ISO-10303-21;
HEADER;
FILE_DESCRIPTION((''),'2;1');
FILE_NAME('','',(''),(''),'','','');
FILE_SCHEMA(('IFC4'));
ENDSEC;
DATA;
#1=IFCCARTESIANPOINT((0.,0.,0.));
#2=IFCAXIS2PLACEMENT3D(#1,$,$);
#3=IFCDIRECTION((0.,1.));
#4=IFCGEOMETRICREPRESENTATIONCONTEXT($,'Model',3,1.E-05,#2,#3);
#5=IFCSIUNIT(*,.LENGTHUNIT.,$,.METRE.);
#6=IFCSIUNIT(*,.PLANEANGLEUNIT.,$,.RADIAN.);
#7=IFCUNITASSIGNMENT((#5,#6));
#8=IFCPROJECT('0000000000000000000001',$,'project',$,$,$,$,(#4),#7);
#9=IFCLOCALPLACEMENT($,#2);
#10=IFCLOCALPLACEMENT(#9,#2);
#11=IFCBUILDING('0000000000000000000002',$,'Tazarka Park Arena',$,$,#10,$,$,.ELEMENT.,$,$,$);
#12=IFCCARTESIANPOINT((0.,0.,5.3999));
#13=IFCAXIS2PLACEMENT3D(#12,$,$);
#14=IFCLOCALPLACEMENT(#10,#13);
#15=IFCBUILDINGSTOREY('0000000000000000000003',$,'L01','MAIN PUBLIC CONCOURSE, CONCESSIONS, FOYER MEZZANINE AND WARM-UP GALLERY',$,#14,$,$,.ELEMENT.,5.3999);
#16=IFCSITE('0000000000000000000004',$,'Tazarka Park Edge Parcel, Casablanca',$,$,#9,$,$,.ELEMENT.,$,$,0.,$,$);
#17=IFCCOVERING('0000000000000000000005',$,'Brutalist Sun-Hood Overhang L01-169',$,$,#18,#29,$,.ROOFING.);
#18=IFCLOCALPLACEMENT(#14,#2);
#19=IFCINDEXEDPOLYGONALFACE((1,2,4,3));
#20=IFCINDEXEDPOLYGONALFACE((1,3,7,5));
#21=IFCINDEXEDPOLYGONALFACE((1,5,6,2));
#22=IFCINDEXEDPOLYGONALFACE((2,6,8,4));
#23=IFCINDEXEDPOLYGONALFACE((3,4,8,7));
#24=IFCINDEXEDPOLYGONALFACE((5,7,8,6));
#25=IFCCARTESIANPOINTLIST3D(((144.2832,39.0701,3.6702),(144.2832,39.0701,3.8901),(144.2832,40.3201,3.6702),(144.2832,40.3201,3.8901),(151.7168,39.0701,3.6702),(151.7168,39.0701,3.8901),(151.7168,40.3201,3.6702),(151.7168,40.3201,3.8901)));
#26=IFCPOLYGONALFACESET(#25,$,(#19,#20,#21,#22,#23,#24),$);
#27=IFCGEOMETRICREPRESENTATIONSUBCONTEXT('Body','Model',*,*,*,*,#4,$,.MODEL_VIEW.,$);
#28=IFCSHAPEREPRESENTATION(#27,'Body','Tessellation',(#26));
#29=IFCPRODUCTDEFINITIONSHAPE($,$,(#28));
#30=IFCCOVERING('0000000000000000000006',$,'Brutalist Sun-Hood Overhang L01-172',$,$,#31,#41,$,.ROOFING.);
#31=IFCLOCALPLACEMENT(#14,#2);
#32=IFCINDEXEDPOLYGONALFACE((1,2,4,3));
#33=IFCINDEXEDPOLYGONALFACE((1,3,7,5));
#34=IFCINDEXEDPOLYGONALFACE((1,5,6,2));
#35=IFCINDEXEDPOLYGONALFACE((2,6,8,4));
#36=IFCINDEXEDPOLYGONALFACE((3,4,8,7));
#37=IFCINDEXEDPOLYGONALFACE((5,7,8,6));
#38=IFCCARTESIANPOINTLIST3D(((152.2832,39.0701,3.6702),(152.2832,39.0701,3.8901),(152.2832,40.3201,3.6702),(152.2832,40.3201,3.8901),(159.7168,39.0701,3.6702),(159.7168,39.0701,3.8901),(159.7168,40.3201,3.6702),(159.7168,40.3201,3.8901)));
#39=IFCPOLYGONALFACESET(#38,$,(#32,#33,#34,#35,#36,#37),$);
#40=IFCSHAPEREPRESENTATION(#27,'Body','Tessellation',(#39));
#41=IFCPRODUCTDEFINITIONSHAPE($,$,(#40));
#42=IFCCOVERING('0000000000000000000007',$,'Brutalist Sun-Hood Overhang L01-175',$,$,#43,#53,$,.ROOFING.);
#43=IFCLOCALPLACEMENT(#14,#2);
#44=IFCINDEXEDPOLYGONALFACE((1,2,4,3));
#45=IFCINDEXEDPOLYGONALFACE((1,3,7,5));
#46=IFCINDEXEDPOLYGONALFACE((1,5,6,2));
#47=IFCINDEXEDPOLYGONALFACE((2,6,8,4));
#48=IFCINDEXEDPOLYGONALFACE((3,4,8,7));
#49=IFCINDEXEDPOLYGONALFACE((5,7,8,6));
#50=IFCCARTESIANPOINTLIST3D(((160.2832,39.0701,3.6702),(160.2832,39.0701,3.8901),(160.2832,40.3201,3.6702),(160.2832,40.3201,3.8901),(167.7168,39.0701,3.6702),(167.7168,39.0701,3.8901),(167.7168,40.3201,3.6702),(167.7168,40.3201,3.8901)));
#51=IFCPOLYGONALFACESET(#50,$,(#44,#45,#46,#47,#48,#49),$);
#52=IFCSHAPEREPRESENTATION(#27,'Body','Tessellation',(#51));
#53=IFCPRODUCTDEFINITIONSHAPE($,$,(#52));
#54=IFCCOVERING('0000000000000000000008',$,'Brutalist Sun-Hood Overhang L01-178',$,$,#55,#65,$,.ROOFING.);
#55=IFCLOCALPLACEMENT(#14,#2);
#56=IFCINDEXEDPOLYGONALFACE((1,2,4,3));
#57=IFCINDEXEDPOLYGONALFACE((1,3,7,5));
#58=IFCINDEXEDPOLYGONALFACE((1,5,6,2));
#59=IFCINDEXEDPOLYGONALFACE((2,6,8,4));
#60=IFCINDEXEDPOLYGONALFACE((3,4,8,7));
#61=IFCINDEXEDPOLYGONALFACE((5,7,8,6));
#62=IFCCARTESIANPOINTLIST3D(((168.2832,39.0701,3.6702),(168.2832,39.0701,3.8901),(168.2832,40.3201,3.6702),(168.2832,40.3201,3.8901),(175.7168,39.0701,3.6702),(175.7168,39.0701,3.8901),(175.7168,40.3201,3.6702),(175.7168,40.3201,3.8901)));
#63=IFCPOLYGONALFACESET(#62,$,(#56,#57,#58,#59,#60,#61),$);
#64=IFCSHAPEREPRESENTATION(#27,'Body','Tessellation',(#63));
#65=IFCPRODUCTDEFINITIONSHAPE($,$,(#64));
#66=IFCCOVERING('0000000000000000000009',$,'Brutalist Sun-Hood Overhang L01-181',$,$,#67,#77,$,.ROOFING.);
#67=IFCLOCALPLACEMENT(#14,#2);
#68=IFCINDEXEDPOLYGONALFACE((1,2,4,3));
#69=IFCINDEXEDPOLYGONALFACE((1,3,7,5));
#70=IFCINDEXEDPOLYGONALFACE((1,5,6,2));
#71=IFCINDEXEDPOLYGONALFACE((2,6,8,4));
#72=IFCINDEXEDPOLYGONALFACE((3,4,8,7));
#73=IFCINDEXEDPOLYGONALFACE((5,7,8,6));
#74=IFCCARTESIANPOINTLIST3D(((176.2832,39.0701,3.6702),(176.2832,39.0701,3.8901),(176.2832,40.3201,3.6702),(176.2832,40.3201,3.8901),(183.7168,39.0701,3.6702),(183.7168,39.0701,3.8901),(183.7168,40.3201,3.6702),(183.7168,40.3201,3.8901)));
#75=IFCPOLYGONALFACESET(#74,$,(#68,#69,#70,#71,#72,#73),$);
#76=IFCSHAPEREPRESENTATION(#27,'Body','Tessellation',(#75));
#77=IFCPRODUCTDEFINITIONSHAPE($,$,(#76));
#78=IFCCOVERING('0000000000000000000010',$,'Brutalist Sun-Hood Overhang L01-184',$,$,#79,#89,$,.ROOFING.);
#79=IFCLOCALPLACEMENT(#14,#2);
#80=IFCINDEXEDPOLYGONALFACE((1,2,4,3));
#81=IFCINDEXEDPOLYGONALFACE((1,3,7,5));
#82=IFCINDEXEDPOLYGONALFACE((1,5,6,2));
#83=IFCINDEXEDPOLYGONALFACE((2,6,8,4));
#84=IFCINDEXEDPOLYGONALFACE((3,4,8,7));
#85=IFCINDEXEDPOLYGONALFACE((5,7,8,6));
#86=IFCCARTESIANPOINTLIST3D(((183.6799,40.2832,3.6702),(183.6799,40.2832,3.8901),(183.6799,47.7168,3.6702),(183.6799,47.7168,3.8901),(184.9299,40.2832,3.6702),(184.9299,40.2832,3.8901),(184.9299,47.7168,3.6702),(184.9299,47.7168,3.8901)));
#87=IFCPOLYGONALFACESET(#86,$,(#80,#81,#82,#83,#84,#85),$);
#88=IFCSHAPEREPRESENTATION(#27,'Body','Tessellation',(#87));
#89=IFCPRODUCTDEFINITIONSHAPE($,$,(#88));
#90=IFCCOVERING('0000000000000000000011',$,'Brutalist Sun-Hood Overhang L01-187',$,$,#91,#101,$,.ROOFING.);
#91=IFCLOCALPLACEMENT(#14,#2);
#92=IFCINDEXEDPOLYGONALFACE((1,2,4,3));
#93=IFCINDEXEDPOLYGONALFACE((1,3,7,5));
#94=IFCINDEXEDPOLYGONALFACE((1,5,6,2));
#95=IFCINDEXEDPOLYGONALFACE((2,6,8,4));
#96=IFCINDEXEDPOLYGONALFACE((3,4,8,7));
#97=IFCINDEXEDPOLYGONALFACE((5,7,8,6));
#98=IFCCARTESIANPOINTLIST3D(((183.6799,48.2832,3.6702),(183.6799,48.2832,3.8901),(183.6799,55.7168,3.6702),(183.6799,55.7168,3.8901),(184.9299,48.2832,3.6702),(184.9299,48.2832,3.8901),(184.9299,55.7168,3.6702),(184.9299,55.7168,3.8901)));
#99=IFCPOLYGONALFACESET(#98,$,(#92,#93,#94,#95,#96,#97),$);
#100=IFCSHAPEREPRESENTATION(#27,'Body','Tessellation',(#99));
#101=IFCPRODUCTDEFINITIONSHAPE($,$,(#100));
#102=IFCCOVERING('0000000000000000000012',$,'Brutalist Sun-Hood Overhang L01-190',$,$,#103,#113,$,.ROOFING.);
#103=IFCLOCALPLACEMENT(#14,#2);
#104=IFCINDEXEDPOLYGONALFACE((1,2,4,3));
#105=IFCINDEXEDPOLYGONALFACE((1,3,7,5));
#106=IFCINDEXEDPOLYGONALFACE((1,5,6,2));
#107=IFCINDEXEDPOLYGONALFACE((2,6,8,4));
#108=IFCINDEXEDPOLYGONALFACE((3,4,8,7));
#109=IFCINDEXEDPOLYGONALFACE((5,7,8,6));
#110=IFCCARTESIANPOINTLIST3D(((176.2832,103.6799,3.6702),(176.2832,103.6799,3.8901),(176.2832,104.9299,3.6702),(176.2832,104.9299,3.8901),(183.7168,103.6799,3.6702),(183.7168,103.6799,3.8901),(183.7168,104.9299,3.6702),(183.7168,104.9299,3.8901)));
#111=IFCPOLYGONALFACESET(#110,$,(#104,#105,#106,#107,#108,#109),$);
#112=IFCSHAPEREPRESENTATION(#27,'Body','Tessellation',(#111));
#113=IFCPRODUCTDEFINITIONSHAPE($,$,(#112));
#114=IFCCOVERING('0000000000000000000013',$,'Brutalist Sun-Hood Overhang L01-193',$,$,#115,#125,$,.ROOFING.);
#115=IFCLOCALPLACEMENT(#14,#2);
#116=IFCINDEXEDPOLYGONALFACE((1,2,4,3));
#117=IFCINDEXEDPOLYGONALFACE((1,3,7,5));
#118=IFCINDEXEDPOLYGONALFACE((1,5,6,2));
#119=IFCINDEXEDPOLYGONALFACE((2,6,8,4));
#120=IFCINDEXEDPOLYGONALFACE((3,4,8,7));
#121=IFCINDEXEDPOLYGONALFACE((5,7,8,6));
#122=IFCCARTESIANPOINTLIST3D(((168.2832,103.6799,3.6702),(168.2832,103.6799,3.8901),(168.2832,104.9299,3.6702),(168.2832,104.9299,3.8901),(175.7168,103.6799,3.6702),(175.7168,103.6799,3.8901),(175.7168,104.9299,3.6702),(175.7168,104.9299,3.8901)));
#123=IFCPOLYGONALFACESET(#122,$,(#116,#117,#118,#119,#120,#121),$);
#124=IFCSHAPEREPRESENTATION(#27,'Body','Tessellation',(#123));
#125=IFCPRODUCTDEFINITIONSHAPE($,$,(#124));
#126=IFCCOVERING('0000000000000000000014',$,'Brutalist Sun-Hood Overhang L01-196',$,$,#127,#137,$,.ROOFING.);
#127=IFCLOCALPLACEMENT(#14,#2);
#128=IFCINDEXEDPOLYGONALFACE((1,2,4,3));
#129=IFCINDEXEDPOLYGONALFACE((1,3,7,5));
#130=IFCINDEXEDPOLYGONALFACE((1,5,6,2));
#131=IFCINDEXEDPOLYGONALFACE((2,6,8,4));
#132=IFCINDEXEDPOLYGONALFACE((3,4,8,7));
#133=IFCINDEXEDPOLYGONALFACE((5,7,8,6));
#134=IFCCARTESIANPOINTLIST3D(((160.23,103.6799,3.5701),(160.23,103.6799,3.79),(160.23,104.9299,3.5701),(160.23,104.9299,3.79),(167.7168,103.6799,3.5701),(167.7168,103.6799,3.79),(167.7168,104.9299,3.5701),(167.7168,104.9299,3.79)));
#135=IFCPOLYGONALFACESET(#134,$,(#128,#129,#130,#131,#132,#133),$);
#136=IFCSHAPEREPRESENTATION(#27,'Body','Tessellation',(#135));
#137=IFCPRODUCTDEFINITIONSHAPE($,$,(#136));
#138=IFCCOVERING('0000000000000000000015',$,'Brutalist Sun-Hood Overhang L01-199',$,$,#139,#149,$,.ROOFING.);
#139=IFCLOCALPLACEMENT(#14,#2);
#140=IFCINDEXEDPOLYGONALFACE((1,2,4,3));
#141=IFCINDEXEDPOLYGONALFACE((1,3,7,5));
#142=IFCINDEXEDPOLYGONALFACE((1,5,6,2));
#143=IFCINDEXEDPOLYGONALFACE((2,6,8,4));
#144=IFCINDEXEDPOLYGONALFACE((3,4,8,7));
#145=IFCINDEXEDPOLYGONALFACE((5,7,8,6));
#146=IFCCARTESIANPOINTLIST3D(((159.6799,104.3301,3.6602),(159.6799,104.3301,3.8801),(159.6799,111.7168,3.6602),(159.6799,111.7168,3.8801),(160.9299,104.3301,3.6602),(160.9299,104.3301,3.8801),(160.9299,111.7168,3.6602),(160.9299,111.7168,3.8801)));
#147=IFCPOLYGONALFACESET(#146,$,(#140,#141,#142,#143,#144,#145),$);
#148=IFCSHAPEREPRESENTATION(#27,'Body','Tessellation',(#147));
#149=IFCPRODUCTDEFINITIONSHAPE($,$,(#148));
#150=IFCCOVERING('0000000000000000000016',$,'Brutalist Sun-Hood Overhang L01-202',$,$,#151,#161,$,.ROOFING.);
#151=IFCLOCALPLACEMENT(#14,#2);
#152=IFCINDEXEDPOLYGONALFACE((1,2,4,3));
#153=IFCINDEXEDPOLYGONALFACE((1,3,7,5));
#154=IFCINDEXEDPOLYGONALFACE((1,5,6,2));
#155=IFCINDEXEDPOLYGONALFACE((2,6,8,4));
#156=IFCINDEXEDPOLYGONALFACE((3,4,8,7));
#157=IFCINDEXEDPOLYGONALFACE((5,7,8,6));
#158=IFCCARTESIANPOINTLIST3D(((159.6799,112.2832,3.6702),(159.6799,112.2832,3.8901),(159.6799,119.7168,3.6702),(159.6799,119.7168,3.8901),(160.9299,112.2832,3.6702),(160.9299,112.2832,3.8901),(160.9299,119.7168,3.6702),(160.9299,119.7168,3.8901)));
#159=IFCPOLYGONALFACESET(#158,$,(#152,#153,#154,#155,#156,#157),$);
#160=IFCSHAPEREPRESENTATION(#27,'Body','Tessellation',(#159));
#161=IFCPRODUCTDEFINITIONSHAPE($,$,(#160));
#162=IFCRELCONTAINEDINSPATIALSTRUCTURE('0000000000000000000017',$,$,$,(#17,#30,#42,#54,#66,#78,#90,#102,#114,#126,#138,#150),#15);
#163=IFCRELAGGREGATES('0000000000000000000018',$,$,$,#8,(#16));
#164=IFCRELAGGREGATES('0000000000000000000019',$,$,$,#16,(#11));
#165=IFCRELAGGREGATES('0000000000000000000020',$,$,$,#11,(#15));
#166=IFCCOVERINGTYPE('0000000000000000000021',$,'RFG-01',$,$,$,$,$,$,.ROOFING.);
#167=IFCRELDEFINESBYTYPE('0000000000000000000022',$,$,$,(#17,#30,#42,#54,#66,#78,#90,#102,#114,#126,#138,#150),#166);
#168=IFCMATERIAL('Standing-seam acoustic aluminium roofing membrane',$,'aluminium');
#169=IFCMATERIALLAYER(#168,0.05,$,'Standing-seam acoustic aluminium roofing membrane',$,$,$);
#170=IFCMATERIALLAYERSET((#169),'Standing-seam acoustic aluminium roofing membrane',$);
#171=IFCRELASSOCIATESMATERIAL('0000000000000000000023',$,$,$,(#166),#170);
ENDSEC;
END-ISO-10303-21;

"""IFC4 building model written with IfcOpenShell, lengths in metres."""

from ifc_helpers import new_model, si_unit, direction, frame, origin, place, context, subcontext, project, spatial, polyline, outline, extrude, material, layer, layer_set, type_object, element, save


model = new_model("IFC4")

# Units and contexts
model_context = context("Model", 3, precision=1e-05, world=origin(), true_north=direction((0.0, 1.0)))
body_context = subcontext(model_context, "Body", "Model", "MODEL_VIEW")
ifc_project = project(units=[si_unit("LENGTHUNIT", "METRE"), si_unit("PLANEANGLEUNIT", "RADIAN")], contexts=[model_context])

# Site, building, storey
site_placement = place(None, origin())
site = spatial("IfcSite", under=ifc_project, at=site_placement, Name="Tazarka Park Edge Parcel, Casablanca", CompositionType="ELEMENT", RefElevation=0.0)
building_placement = place(site_placement, origin())
building = spatial("IfcBuilding", under=site, at=building_placement, Name="Tazarka Park Arena", CompositionType="ELEMENT")
storey_placement = place(building_placement, frame((0.0, 0.0, 5.3999)))
storey = spatial("IfcBuildingStorey", under=building, at=storey_placement, Name="L01", Description="MAIN PUBLIC CONCOURSE, CONCESSIONS, FOYER MEZZANINE AND WARM-UP GALLERY", CompositionType="ELEMENT", Elevation=5.3999)

# Coverings
ifc_material_1 = material(Name="Standing-seam acoustic aluminium roofing membrane", Category="aluminium")
ifc_layer_1 = layer(ifc_material_1, 0.05, Name="Standing-seam acoustic aluminium roofing membrane")
ifc_layer_set_1 = layer_set([ifc_layer_1], Name="Standing-seam acoustic aluminium roofing membrane")
covering_type = type_object("IfcCoveringType", Name="RFG-01", PredefinedType="ROOFING", material=ifc_layer_set_1)
covering_1_placement = place(storey_placement, frame((0.0, 0.0, 3.6702)))
element("IfcCovering", 1, at=covering_1_placement, inside=storey, type_object=covering_type, Name="Brutalist Sun-Hood Overhang L01-169", PredefinedType="ROOFING", context=body_context, shape_type="SweptSolid", body=[
    extrude(outline(polyline([(151.7168, 40.3201), (144.2832, 40.3201), (144.2832, 39.0701), (151.7168, 39.0701), (151.7168, 40.3201)])), origin(), (0.0, 0.0, 1.0), 0.22),
])
covering_2_placement = place(storey_placement, frame((0.0, 0.0, 3.6702)))
element("IfcCovering", 2, at=covering_2_placement, inside=storey, type_object=covering_type, Name="Brutalist Sun-Hood Overhang L01-172", PredefinedType="ROOFING", context=body_context, shape_type="SweptSolid", body=[
    extrude(outline(polyline([(159.7168, 40.3201), (152.2832, 40.3201), (152.2832, 39.0701), (159.7168, 39.0701), (159.7168, 40.3201)])), origin(), (0.0, 0.0, 1.0), 0.22),
])
covering_3_placement = place(storey_placement, frame((0.0, 0.0, 3.6702)))
element("IfcCovering", 3, at=covering_3_placement, inside=storey, type_object=covering_type, Name="Brutalist Sun-Hood Overhang L01-175", PredefinedType="ROOFING", context=body_context, shape_type="SweptSolid", body=[
    extrude(outline(polyline([(167.7168, 40.3201), (160.2832, 40.3201), (160.2832, 39.0701), (167.7168, 39.0701), (167.7168, 40.3201)])), origin(), (0.0, 0.0, 1.0), 0.22),
])
covering_4_placement = place(storey_placement, frame((0.0, 0.0, 3.6702)))
element("IfcCovering", 4, at=covering_4_placement, inside=storey, type_object=covering_type, Name="Brutalist Sun-Hood Overhang L01-178", PredefinedType="ROOFING", context=body_context, shape_type="SweptSolid", body=[
    extrude(outline(polyline([(175.7168, 40.3201), (168.2832, 40.3201), (168.2832, 39.0701), (175.7168, 39.0701), (175.7168, 40.3201)])), origin(), (0.0, 0.0, 1.0), 0.22),
])
covering_5_placement = place(storey_placement, frame((0.0, 0.0, 3.6702)))
element("IfcCovering", 5, at=covering_5_placement, inside=storey, type_object=covering_type, Name="Brutalist Sun-Hood Overhang L01-181", PredefinedType="ROOFING", context=body_context, shape_type="SweptSolid", body=[
    extrude(outline(polyline([(183.7168, 40.3201), (176.2832, 40.3201), (176.2832, 39.0701), (183.7168, 39.0701), (183.7168, 40.3201)])), origin(), (0.0, 0.0, 1.0), 0.22),
])
covering_6_placement = place(storey_placement, frame((0.0, 0.0, 3.6702)))
element("IfcCovering", 6, at=covering_6_placement, inside=storey, type_object=covering_type, Name="Brutalist Sun-Hood Overhang L01-184", PredefinedType="ROOFING", context=body_context, shape_type="SweptSolid", body=[
    extrude(outline(polyline([(183.6799, 47.7168), (183.6799, 40.2832), (184.9299, 40.2832), (184.9299, 47.7168), (183.6799, 47.7168)])), origin(), (0.0, 0.0, 1.0), 0.22),
])
covering_7_placement = place(storey_placement, frame((0.0, 0.0, 3.6702)))
element("IfcCovering", 7, at=covering_7_placement, inside=storey, type_object=covering_type, Name="Brutalist Sun-Hood Overhang L01-187", PredefinedType="ROOFING", context=body_context, shape_type="SweptSolid", body=[
    extrude(outline(polyline([(183.6799, 55.7168), (183.6799, 48.2832), (184.9299, 48.2832), (184.9299, 55.7168), (183.6799, 55.7168)])), origin(), (0.0, 0.0, 1.0), 0.22),
])
covering_8_placement = place(storey_placement, frame((0.0, 0.0, 3.6702)))
element("IfcCovering", 8, at=covering_8_placement, inside=storey, type_object=covering_type, Name="Brutalist Sun-Hood Overhang L01-190", PredefinedType="ROOFING", context=body_context, shape_type="SweptSolid", body=[
    extrude(outline(polyline([(176.2832, 103.6799), (183.7168, 103.6799), (183.7168, 104.9299), (176.2832, 104.9299), (176.2832, 103.6799)])), origin(), (0.0, 0.0, 1.0), 0.22),
])
covering_9_placement = place(storey_placement, frame((0.0, 0.0, 3.6702)))
element("IfcCovering", 9, at=covering_9_placement, inside=storey, type_object=covering_type, Name="Brutalist Sun-Hood Overhang L01-193", PredefinedType="ROOFING", context=body_context, shape_type="SweptSolid", body=[
    extrude(outline(polyline([(168.2832, 103.6799), (175.7168, 103.6799), (175.7168, 104.9299), (168.2832, 104.9299), (168.2832, 103.6799)])), origin(), (0.0, 0.0, 1.0), 0.22),
])
covering_10_placement = place(storey_placement, frame((0.0, 0.0, 3.5701)))
element("IfcCovering", 10, at=covering_10_placement, inside=storey, type_object=covering_type, Name="Brutalist Sun-Hood Overhang L01-196", PredefinedType="ROOFING", context=body_context, shape_type="SweptSolid", body=[
    extrude(outline(polyline([(160.23, 103.6799), (167.7168, 103.6799), (167.7168, 104.9299), (160.23, 104.9299), (160.23, 103.6799)])), origin(), (0.0, 0.0, 1.0), 0.22),
])
covering_11_placement = place(storey_placement, frame((0.0, 0.0, 3.6602)))
element("IfcCovering", 11, at=covering_11_placement, inside=storey, type_object=covering_type, Name="Brutalist Sun-Hood Overhang L01-199", PredefinedType="ROOFING", context=body_context, shape_type="SweptSolid", body=[
    extrude(outline(polyline([(159.6799, 111.7168), (159.6799, 104.3301), (160.9299, 104.3301), (160.9299, 111.7168), (159.6799, 111.7168)])), origin(), (0.0, 0.0, 1.0), 0.22),
])
covering_12_placement = place(storey_placement, frame((0.0, 0.0, 3.6702)))
element("IfcCovering", 12, at=covering_12_placement, inside=storey, type_object=covering_type, Name="Brutalist Sun-Hood Overhang L01-202", PredefinedType="ROOFING", context=body_context, shape_type="SweptSolid", body=[
    extrude(outline(polyline([(159.6799, 119.7168), (159.6799, 112.2832), (160.9299, 112.2832), (160.9299, 119.7168), (159.6799, 119.7168)])), origin(), (0.0, 0.0, 1.0), 0.22),
])

save(model, "model.ifc")
